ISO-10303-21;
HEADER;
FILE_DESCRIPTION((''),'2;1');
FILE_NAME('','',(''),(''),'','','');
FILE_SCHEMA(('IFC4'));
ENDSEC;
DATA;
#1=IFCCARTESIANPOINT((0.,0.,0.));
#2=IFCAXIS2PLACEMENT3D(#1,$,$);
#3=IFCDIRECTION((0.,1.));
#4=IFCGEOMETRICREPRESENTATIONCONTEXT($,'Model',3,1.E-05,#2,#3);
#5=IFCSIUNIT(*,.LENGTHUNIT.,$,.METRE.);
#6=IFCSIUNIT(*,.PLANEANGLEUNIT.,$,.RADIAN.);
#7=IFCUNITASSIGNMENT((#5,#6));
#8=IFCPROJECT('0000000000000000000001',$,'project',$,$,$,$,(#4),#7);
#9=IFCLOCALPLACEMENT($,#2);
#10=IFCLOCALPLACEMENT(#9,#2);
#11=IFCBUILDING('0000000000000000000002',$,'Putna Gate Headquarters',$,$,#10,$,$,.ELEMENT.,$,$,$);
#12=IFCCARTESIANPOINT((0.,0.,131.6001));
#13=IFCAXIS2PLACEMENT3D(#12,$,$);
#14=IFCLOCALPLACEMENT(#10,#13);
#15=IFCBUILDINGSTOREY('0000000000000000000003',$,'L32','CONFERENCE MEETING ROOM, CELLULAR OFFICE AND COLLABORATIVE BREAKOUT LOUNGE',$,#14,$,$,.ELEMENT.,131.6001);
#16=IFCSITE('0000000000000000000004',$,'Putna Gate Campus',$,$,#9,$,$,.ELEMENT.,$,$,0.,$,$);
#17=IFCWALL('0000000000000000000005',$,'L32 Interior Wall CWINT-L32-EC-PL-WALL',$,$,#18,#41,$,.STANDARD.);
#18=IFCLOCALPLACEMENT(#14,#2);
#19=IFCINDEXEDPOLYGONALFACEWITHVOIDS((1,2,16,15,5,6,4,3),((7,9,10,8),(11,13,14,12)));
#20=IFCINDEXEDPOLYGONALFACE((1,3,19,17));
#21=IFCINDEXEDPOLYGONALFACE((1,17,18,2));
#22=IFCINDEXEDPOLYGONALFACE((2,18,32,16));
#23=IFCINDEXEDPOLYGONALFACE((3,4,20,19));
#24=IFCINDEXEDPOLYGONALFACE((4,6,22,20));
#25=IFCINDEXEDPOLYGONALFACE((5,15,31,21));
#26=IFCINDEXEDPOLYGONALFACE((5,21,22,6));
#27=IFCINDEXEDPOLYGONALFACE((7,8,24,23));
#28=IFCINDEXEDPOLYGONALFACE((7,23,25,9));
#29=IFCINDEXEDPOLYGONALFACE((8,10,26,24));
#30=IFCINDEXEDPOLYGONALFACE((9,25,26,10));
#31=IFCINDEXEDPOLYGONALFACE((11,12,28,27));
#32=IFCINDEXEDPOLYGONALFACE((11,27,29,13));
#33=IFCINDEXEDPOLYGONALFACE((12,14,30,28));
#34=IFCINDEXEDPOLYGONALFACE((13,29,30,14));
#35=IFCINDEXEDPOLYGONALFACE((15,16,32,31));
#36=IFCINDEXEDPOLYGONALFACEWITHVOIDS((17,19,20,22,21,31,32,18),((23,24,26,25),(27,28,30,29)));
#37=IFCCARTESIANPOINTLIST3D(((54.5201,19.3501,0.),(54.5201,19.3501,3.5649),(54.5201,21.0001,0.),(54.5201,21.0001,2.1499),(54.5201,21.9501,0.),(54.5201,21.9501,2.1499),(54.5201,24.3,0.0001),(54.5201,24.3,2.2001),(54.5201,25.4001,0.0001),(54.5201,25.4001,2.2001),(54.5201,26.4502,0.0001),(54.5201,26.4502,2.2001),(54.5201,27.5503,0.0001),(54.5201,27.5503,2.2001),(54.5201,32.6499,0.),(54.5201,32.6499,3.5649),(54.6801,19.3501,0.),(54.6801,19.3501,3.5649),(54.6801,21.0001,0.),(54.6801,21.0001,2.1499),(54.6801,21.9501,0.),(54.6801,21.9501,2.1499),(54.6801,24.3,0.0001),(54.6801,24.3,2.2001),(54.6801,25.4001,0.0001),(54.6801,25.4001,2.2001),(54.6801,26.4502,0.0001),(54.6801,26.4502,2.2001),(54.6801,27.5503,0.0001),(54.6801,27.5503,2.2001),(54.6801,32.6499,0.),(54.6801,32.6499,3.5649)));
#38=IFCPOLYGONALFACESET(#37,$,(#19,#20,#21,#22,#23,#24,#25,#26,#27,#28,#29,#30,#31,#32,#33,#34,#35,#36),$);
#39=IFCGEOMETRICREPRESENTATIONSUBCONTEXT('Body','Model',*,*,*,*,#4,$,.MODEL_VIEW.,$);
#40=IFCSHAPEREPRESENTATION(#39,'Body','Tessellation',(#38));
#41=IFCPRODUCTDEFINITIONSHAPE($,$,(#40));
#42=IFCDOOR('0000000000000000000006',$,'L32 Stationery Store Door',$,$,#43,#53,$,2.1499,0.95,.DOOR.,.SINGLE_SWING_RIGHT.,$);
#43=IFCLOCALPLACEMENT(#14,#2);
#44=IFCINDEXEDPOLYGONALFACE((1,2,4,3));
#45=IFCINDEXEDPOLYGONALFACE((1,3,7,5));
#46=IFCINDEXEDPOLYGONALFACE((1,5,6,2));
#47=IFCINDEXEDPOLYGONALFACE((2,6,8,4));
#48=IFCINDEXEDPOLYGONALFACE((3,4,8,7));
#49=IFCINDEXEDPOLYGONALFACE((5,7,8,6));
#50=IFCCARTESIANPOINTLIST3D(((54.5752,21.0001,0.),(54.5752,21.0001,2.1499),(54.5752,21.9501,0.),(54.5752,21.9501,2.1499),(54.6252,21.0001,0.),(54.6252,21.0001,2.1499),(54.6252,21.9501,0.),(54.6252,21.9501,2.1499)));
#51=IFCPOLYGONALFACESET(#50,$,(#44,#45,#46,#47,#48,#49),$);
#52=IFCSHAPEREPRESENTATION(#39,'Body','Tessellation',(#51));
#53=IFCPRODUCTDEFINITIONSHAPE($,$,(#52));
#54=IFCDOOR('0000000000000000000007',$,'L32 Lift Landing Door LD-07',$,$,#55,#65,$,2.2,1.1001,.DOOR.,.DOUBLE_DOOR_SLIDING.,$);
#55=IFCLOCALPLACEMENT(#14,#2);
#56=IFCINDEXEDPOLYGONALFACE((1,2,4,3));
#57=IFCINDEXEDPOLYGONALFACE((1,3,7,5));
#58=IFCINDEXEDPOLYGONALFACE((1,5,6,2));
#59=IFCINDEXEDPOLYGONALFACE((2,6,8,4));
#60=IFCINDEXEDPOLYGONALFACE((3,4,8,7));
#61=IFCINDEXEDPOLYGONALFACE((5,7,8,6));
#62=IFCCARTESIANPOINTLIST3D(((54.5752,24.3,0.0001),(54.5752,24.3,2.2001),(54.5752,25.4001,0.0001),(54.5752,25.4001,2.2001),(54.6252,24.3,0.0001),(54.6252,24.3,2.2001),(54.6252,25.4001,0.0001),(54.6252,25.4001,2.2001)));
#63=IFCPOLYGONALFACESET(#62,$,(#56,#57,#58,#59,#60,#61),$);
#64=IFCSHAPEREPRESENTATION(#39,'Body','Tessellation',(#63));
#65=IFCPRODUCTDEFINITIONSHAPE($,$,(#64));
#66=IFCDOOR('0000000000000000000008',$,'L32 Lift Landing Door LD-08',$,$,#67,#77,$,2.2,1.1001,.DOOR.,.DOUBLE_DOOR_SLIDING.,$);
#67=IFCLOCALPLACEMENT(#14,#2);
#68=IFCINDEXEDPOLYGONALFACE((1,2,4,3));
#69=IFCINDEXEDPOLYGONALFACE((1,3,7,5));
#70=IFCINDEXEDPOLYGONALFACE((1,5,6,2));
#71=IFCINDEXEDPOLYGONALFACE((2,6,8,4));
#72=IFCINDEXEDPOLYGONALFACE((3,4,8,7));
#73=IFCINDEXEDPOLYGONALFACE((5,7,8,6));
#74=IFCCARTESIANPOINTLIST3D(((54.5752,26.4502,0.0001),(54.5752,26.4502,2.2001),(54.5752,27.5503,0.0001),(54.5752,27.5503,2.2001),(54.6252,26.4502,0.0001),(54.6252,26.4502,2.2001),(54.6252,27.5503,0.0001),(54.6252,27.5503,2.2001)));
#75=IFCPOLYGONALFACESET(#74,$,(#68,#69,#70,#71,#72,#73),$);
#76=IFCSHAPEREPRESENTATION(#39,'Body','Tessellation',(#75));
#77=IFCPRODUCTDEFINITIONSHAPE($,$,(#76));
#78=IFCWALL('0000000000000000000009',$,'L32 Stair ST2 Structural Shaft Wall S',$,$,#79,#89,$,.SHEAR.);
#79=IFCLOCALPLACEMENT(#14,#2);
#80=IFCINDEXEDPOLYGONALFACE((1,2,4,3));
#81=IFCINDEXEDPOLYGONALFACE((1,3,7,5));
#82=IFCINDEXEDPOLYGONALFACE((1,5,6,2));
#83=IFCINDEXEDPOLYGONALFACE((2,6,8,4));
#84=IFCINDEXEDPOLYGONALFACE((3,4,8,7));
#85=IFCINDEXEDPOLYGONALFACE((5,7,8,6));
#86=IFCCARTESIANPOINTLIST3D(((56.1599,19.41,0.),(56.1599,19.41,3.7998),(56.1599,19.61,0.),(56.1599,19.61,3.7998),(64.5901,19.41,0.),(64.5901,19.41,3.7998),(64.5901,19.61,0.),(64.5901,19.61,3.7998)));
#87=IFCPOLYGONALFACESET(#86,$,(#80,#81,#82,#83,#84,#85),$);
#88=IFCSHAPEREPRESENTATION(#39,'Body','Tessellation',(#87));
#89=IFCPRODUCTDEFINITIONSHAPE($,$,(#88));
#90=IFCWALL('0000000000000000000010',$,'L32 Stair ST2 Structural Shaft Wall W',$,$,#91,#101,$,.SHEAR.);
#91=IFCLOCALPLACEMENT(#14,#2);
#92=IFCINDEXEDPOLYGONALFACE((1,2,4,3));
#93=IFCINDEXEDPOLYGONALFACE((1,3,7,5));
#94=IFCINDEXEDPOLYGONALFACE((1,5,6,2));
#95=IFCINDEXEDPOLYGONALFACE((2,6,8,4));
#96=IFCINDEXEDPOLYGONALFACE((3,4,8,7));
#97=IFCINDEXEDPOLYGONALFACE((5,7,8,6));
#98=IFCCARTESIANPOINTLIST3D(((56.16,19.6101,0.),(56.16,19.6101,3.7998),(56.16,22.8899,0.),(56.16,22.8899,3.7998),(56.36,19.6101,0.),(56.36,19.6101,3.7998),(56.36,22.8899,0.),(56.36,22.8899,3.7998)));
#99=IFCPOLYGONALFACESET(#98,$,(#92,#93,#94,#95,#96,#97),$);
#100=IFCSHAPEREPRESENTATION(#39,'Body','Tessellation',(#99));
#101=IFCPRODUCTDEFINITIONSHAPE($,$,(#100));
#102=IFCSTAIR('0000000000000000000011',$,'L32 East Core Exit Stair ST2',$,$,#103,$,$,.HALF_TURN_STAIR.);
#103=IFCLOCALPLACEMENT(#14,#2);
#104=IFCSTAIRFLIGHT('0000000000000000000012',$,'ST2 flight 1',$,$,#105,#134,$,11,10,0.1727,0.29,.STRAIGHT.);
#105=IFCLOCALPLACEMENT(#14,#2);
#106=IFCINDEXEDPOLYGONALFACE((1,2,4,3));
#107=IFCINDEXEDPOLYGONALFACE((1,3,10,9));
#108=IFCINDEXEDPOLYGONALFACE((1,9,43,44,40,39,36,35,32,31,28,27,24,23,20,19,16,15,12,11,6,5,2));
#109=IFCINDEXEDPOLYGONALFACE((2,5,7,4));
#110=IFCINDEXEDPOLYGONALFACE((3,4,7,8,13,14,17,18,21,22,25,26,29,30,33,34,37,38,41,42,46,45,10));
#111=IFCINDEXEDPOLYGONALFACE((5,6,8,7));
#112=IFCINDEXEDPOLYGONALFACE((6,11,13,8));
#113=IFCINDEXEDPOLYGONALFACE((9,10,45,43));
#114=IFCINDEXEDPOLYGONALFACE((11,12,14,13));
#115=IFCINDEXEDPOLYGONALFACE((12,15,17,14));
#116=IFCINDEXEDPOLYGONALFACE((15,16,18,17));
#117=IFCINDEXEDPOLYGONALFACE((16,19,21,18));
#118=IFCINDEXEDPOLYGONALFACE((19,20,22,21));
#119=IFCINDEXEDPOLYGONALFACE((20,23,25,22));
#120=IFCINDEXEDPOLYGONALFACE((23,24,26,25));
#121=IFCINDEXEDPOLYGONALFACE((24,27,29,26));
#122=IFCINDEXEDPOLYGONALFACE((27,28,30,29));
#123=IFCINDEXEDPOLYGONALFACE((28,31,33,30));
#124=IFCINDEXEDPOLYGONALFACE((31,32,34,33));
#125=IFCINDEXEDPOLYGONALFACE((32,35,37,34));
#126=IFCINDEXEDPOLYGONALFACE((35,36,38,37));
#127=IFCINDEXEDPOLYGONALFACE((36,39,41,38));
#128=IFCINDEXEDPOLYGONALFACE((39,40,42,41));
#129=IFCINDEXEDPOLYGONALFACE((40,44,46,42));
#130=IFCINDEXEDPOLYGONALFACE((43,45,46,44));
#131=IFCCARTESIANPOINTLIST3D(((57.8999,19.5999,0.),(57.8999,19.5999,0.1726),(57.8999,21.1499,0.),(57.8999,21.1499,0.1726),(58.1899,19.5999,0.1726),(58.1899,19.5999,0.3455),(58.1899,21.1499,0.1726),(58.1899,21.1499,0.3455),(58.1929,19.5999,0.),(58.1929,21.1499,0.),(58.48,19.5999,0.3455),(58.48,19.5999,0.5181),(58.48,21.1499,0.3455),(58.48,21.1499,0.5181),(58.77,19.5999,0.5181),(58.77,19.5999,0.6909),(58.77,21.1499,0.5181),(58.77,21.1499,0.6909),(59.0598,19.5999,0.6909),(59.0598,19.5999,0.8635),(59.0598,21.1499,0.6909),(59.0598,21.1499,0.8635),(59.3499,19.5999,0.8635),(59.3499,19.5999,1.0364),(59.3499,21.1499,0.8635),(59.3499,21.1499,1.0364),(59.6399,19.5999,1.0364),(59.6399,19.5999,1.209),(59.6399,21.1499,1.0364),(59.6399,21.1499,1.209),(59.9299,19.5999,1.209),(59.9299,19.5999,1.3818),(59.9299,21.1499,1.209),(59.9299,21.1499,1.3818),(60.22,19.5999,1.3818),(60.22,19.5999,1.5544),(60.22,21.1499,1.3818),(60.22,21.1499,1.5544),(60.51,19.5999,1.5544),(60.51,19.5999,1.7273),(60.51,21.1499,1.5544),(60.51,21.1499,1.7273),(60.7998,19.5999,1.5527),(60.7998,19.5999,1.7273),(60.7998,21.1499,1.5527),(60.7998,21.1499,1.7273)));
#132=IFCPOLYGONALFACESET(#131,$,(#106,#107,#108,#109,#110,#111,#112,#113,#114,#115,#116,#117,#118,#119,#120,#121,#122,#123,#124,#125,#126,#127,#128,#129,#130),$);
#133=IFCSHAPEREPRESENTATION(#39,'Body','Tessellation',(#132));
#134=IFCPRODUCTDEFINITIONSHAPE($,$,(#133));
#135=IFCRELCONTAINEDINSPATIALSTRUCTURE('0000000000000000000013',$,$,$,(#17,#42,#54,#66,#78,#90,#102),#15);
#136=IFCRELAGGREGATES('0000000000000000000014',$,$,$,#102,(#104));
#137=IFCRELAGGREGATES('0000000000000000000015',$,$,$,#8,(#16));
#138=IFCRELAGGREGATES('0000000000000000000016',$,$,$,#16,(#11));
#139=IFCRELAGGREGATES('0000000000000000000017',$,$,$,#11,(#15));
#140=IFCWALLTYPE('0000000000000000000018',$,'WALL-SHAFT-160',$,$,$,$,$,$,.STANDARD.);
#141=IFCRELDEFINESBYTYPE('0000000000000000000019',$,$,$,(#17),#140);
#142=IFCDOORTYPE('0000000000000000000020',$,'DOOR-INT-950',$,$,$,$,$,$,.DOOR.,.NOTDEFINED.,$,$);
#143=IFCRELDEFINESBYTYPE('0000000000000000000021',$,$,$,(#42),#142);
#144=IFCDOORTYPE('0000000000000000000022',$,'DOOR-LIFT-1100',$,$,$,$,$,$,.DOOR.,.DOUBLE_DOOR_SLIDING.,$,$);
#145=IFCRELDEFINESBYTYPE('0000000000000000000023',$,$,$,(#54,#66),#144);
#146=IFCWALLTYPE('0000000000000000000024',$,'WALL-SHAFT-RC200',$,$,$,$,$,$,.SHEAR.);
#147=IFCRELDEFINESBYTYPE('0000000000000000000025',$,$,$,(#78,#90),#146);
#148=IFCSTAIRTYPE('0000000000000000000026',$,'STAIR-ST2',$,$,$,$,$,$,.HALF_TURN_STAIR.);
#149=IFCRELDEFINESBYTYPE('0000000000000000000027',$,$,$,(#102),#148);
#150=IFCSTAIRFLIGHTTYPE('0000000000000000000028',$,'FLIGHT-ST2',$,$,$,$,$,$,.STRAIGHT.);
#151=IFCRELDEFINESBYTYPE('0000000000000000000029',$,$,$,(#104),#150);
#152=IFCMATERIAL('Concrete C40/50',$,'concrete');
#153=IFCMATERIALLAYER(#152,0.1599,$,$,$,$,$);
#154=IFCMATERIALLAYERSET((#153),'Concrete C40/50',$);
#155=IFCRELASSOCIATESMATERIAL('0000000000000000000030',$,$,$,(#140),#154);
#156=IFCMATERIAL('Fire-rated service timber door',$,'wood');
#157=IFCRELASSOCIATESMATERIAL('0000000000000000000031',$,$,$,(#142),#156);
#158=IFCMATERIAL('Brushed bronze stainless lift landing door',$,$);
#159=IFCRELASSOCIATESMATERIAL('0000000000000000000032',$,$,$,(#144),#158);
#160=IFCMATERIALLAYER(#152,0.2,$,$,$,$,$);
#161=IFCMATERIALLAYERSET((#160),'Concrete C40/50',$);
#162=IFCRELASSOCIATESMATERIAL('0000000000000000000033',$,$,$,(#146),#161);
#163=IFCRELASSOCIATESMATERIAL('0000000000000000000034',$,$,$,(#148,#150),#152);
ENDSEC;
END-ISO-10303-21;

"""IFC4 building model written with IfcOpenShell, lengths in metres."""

from ifc_helpers import new_model, si_unit, direction, frame, frame_2d, origin, place, context, subcontext, project, spatial, polyline, rectangle, outline, extrude, material, layer, layer_set, type_object, element, fill, aggregate, save


model = new_model("IFC4")

# Units and contexts
model_context = context("Model", 3, precision=1e-05, world=origin(), true_north=direction((0.0, 1.0)))
body_context = subcontext(model_context, "Body", "Model", "MODEL_VIEW")
ifc_project = project(units=[si_unit("LENGTHUNIT", "METRE"), si_unit("PLANEANGLEUNIT", "RADIAN")], contexts=[model_context])

# Site, building, storey
site_placement = place(None, origin())
site = spatial("IfcSite", under=ifc_project, at=site_placement, Name="Putna Gate Campus", CompositionType="ELEMENT", RefElevation=0.0)
building_placement = place(site_placement, origin())
building = spatial("IfcBuilding", under=site, at=building_placement, Name="Putna Gate Headquarters", CompositionType="ELEMENT")
storey_placement = place(building_placement, frame((0.0, 0.0, 131.6001)))
storey = spatial("IfcBuildingStorey", under=building, at=storey_placement, Name="L32", Description="CONFERENCE MEETING ROOM, CELLULAR OFFICE AND COLLABORATIVE BREAKOUT LOUNGE", CompositionType="ELEMENT", Elevation=131.6001)

# Wall, openings, doors
ifc_material_1 = material(Name="Concrete C40/50", Category="concrete")
ifc_layer_1 = layer(ifc_material_1, 0.1599)
ifc_layer_set_1 = layer_set([ifc_layer_1], Name="Concrete C40/50")
wall_type_1 = type_object("IfcWallType", Name="WALL-SHAFT-160", PredefinedType="STANDARD", material=ifc_layer_set_1)
wall_1_placement = place(storey_placement, frame((54.6001, 19.3501, 0.0), z_axis=(0.0, 0.0, 1.0), x_axis=(0.0, 1.0, 0.0)))
wall_1 = element("IfcWall", 1, at=wall_1_placement, inside=storey, type_object=wall_type_1, Name="L32 Interior Wall CWINT-L32-EC-PL-WALL", PredefinedType="STANDARD", context=body_context, shape_type="SweptSolid", body=[
    extrude(rectangle(XDim=13.2998, YDim=0.1599, at=frame_2d((6.6499, 0.0))), origin(), (0.0, 0.0, 1.0), 3.5649),
])
opening_1_placement = place(wall_1_placement, frame((1.6499, 0.0, 0.0)))
opening_1 = element("IfcOpeningElement", 2, at=opening_1_placement, cuts=wall_1, PredefinedType="OPENING", context=body_context, shape_type="SweptSolid", body=[
    extrude(rectangle(XDim=0.95, YDim=2.1499, at=frame_2d((0.4751, 1.075))), frame((0.0, 0.0898, 0.0), z_axis=(0.0, -1.0, 0.0), x_axis=(1.0, 0.0, 0.0)), (0.0, 0.0, 1.0), 0.1799),
])
opening_2_placement = place(wall_1_placement, frame((4.95, 0.0, 0.0)))
opening_2 = element("IfcOpeningElement", 3, at=opening_2_placement, cuts=wall_1, PredefinedType="OPENING", context=body_context, shape_type="SweptSolid", body=[
    extrude(rectangle(XDim=1.1001, YDim=2.2, at=frame_2d((0.55, 1.1001))), frame((0.0, 0.0898, 0.0), z_axis=(0.0, -1.0, 0.0), x_axis=(1.0, 0.0, 0.0)), (0.0, 0.0, 1.0), 0.1799),
])
opening_3_placement = place(wall_1_placement, frame((7.1001, 0.0, 0.0)))
opening_3 = element("IfcOpeningElement", 4, at=opening_3_placement, cuts=wall_1, PredefinedType="OPENING", context=body_context, shape_type="SweptSolid", body=[
    extrude(rectangle(XDim=1.1001, YDim=2.2, at=frame_2d((0.55, 1.1001))), frame((0.0, 0.0898, 0.0), z_axis=(0.0, -1.0, 0.0), x_axis=(1.0, 0.0, 0.0)), (0.0, 0.0, 1.0), 0.1799),
])
ifc_material_2 = material(Name="Fire-rated service timber door", Category="wood")
door_type_1 = type_object("IfcDoorType", Name="DOOR-INT-950", OperationType="NOTDEFINED", PredefinedType="DOOR", material=ifc_material_2)
door_1_placement = place(opening_1_placement, origin())
door_1 = element("IfcDoor", 5, at=door_1_placement, inside=storey, type_object=door_type_1, Name="L32 Stationery Store Door", OperationType="SINGLE_SWING_RIGHT", OverallHeight=2.1499, OverallWidth=0.95, PredefinedType="DOOR", context=body_context, shape_type="SweptSolid", body=[
    extrude(rectangle(XDim=0.95, YDim=2.1499, at=frame_2d((0.4751, 1.075))), frame((0.0, 0.0249, 0.0), z_axis=(0.0, -1.0, 0.0), x_axis=(1.0, 0.0, 0.0)), (0.0, 0.0, 1.0), 0.05),
])
fill(opening_1, door_1)
ifc_material_3 = material(Name="Brushed bronze stainless lift landing door")
door_type_2 = type_object("IfcDoorType", Name="DOOR-LIFT-1100", OperationType="DOUBLE_DOOR_SLIDING", PredefinedType="DOOR", material=ifc_material_3)
door_2_placement = place(opening_2_placement, origin())
door_2 = element("IfcDoor", 6, at=door_2_placement, inside=storey, type_object=door_type_2, Name="L32 Lift Landing Door LD-07", OperationType="DOUBLE_DOOR_SLIDING", OverallHeight=2.2, OverallWidth=1.1001, PredefinedType="DOOR", context=body_context, shape_type="SweptSolid", body=[
    extrude(rectangle(XDim=1.1001, YDim=2.2, at=frame_2d((0.55, 1.1001))), frame((0.0, 0.0249, 0.0), z_axis=(0.0, -1.0, 0.0), x_axis=(1.0, 0.0, 0.0)), (0.0, 0.0, 1.0), 0.05),
])
fill(opening_2, door_2)
door_3_placement = place(opening_3_placement, origin())
door_3 = element("IfcDoor", 7, at=door_3_placement, inside=storey, type_object=door_type_2, Name="L32 Lift Landing Door LD-08", OperationType="DOUBLE_DOOR_SLIDING", OverallHeight=2.2, OverallWidth=1.1001, PredefinedType="DOOR", context=body_context, shape_type="SweptSolid", body=[
    extrude(rectangle(XDim=1.1001, YDim=2.2, at=frame_2d((0.55, 1.1001))), frame((0.0, 0.0249, 0.0), z_axis=(0.0, -1.0, 0.0), x_axis=(1.0, 0.0, 0.0)), (0.0, 0.0, 1.0), 0.05),
])
fill(opening_3, door_3)

# Walls
ifc_layer_2 = layer(ifc_material_1, 0.2)
ifc_layer_set_2 = layer_set([ifc_layer_2], Name="Concrete C40/50")
wall_type_2 = type_object("IfcWallType", Name="WALL-SHAFT-RC200", PredefinedType="SHEAR", material=ifc_layer_set_2)
wall_2_placement = place(storey_placement, frame((56.1599, 19.51, 0.0), z_axis=(0.0, 0.0, 1.0), x_axis=(1.0, 0.0, 0.0)))
element("IfcWall", 8, at=wall_2_placement, inside=storey, type_object=wall_type_2, Name="L32 Stair ST2 Structural Shaft Wall S", PredefinedType="SHEAR", context=body_context, shape_type="SweptSolid", body=[
    extrude(rectangle(XDim=8.4302, YDim=0.2, at=frame_2d((4.2151, 0.0))), origin(), (0.0, 0.0, 1.0), 3.7998),
])
wall_3_placement = place(storey_placement, frame((56.26, 19.6101, 0.0), z_axis=(0.0, 0.0, 1.0), x_axis=(0.0, 1.0, 0.0)))
element("IfcWall", 9, at=wall_3_placement, inside=storey, type_object=wall_type_2, Name="L32 Stair ST2 Structural Shaft Wall W", PredefinedType="SHEAR", context=body_context, shape_type="SweptSolid", body=[
    extrude(rectangle(XDim=3.2798, YDim=0.2, at=frame_2d((1.6399, 0.0))), origin(), (0.0, 0.0, 1.0), 3.7998),
])

# Stair, stair flight
stair_type = type_object("IfcStairType", Name="STAIR-ST2", PredefinedType="HALF_TURN_STAIR", material=ifc_material_1)
stair_placement = place(storey_placement, origin())
stair = element("IfcStair", 10, at=stair_placement, inside=storey, type_object=stair_type, Name="L32 East Core Exit Stair ST2", PredefinedType="HALF_TURN_STAIR")
stair_flight_type = type_object("IfcStairFlightType", Name="FLIGHT-ST2", PredefinedType="STRAIGHT", material=ifc_material_1)
stair_flight_placement = place(storey_placement, frame((57.8999, 20.375, 0.0), z_axis=(0.0, 0.0, 1.0), x_axis=(1.0, 0.0, 0.0)))
stair_flight = element("IfcStairFlight", 11, at=stair_flight_placement, type_object=stair_flight_type, Name="ST2 flight 1", NumberOfRisers=11, NumberOfTreads=10, PredefinedType="STRAIGHT", RiserHeight=0.1727, TreadLength=0.29, context=body_context, shape_type="SweptSolid", body=[
    extrude(outline(polyline([(0.0, 0.0), (0.0, 0.1726), (0.29, 0.1726), (0.29, 0.3455), (0.5801, 0.3455), (0.5801, 0.5181), (0.8701, 0.5181), (0.8701, 0.6909), (1.1599, 0.6909), (1.1599, 0.8635), (1.45, 0.8635), (1.45, 1.0364), (1.74, 1.0364), (1.74, 1.209), (2.03, 1.209), (2.03, 1.3818), (2.3201, 1.3818), (2.3201, 1.5544), (2.6101, 1.5544), (2.6101, 1.7273), (2.8999, 1.7273), (2.8999, 1.8999), (2.8999, 1.5527), (0.293, 0.0), (0.0, 0.0)])), frame((0.0, 0.7749, 0.0), z_axis=(0.0, -1.0, 0.0), x_axis=(1.0, 0.0, 0.0)), (0.0, 0.0, 1.0), 1.55),
])
aggregate(stair, [stair_flight])

save(model, "model.ifc")
